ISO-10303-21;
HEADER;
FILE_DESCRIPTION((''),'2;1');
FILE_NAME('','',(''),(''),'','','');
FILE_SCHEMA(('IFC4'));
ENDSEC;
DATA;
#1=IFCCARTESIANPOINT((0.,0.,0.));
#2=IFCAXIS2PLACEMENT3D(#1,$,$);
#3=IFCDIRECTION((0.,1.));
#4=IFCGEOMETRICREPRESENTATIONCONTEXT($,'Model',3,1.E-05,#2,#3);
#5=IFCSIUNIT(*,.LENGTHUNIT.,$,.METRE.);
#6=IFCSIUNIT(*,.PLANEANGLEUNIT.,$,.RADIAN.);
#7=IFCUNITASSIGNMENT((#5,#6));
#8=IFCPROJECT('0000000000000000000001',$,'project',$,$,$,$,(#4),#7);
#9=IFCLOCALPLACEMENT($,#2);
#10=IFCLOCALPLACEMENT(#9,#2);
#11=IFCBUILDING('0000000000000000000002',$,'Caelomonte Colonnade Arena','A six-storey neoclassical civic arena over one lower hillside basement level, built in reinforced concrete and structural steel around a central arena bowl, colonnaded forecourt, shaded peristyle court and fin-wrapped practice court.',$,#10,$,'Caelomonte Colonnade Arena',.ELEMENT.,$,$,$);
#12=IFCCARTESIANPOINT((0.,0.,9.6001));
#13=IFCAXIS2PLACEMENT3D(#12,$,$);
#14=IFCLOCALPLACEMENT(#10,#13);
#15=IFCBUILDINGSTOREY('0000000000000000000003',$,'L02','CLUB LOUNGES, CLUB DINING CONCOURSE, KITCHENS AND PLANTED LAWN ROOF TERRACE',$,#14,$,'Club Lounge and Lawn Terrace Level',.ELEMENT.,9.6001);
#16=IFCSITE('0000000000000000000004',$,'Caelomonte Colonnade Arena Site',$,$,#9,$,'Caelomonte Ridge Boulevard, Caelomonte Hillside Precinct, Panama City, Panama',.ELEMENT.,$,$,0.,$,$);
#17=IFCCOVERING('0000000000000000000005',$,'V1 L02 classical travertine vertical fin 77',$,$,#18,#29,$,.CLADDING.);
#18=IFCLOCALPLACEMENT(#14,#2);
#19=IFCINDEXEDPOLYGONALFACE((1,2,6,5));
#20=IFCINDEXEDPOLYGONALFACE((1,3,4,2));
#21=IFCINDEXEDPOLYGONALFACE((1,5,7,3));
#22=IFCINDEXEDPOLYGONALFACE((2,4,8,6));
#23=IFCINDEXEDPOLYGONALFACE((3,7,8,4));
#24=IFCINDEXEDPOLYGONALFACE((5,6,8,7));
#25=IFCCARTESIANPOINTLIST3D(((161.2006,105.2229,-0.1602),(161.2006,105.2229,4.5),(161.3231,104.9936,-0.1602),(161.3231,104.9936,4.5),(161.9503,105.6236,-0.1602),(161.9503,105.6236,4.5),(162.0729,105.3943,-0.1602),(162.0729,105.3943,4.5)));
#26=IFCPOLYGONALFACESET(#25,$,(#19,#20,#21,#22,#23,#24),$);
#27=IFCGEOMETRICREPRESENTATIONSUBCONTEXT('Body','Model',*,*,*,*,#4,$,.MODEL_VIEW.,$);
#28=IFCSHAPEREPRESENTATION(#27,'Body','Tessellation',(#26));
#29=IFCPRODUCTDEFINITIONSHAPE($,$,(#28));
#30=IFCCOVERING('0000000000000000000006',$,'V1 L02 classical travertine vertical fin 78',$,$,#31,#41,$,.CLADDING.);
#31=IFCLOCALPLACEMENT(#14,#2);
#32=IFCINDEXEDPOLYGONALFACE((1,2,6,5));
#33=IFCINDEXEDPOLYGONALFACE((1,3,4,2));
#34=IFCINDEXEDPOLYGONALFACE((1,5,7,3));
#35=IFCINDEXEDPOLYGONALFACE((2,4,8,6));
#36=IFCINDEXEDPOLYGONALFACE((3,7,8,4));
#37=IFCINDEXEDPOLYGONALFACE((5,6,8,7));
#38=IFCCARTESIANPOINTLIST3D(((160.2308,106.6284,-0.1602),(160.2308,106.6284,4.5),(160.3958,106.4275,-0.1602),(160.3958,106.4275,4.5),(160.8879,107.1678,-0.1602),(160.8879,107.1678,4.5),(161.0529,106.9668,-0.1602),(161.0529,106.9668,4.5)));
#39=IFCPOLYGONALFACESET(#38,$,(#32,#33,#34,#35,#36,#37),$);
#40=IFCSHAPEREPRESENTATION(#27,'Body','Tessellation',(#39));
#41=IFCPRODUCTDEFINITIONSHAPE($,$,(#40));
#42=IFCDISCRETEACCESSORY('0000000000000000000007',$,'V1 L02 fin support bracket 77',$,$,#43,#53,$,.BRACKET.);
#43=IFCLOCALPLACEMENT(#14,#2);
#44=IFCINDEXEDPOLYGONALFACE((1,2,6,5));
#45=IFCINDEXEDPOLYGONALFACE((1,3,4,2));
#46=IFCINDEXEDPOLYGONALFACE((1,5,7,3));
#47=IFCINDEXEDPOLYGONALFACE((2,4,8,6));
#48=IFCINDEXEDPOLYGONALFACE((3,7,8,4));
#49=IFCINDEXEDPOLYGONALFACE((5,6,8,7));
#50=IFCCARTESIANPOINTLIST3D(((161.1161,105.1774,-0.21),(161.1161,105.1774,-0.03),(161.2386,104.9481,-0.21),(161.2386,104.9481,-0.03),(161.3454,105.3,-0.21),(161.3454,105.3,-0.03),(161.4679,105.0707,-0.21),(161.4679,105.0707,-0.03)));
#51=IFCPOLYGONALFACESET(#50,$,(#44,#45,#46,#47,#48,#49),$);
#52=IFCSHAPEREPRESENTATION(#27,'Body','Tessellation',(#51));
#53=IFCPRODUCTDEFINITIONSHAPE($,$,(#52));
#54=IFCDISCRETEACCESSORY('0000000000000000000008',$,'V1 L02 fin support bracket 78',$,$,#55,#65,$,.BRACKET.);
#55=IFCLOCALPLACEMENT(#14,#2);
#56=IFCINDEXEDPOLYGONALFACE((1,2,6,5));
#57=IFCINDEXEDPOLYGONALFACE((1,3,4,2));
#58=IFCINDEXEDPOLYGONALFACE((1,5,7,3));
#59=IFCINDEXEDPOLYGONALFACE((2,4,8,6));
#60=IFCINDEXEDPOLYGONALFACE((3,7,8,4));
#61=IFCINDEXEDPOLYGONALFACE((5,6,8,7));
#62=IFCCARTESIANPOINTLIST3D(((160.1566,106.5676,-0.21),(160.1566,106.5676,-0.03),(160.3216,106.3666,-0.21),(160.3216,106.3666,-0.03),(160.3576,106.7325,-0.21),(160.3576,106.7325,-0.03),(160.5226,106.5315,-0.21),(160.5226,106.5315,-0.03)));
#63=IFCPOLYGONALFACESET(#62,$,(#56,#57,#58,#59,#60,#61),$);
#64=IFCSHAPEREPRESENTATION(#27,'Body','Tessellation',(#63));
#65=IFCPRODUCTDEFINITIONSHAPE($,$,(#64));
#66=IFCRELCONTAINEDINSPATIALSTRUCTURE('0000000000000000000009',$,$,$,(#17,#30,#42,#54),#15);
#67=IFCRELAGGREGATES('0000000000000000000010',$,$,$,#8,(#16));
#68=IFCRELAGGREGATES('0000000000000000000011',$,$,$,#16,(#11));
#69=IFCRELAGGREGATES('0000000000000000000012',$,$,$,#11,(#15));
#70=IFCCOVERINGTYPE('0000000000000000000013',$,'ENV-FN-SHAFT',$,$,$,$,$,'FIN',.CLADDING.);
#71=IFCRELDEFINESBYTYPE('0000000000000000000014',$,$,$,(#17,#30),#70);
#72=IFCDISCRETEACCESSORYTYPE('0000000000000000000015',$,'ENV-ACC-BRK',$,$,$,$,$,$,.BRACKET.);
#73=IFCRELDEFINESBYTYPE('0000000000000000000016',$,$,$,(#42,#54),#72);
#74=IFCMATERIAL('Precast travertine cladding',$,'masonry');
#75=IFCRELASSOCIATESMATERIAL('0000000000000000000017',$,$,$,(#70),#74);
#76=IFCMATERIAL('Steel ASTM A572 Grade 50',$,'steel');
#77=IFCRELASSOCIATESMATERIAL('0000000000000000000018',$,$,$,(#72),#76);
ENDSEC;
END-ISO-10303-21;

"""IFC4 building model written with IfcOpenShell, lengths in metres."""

from ifc_helpers import new_model, si_unit, direction, frame, origin, origin_2d, place, context, subcontext, project, spatial, rectangle, extrude, material, material_profile, profile_set, type_object, element, save


model = new_model("IFC4")

# Units and contexts
model_context = context("Model", 3, precision=1e-05, world=origin(), true_north=direction((0.0, 1.0)))
body_context = subcontext(model_context, "Body", "Model", "MODEL_VIEW")
ifc_project = project(units=[si_unit("LENGTHUNIT", "METRE"), si_unit("PLANEANGLEUNIT", "RADIAN")], contexts=[model_context])

# Site, building, storey
site_placement = place(None, origin())
site = spatial("IfcSite", under=ifc_project, at=site_placement, Name="Caelomonte Colonnade Arena Site", LongName="Caelomonte Ridge Boulevard, Caelomonte Hillside Precinct, Panama City, Panama", CompositionType="ELEMENT", RefElevation=0.0)
building_placement = place(site_placement, origin())
building = spatial("IfcBuilding", under=site, at=building_placement, Name="Caelomonte Colonnade Arena", Description="A six-storey neoclassical civic arena over one lower hillside basement level, built in reinforced concrete and structural steel around a central arena bowl, colonnaded forecourt, shaded peristyle court and fin-wrapped practice court.", LongName="Caelomonte Colonnade Arena", CompositionType="ELEMENT")
storey_placement = place(building_placement, frame((0.0, 0.0, 9.6001)))
storey = spatial("IfcBuildingStorey", under=building, at=storey_placement, Name="L02", Description="CLUB LOUNGES, CLUB DINING CONCOURSE, KITCHENS AND PLANTED LAWN ROOF TERRACE", LongName="Club Lounge and Lawn Terrace Level", CompositionType="ELEMENT", Elevation=9.6001)

# Coverings
ifc_material_1 = material(Name="Precast travertine cladding", Category="masonry")
ifc_material_profile_1 = material_profile(ifc_material_1, rectangle(XDim=0.26, YDim=0.8501, at=origin_2d()), Name="FIN260X850")
ifc_profile_set_1 = profile_set([ifc_material_profile_1], Name="Precast travertine cladding")
covering_type = type_object("IfcCoveringType", Name="ENV-FN-SHAFT", ElementType="FIN", PredefinedType="CLADDING", material=ifc_profile_set_1)
for number, where, z_axis, x_axis, name in (
    (1, (161.6367, 105.3086, -0.1602), (0.0, 0.0, 1.0), (0.471397, -0.881921, 0.0), "V1 L02 classical travertine vertical fin 77"),
    (2, (160.6418, 106.7976, -0.1602), (0.0, 0.0, 1.0), (0.634414, -0.772994, 0.0), "V1 L02 classical travertine vertical fin 78"),
):
    element("IfcCovering", number, at=place(storey_placement, frame(where, z_axis=z_axis, x_axis=x_axis)), inside=storey, type_object=covering_type, Name=name, PredefinedType="CLADDING", context=body_context, shape_type="SweptSolid", body=[
        extrude(rectangle(XDim=0.26, YDim=0.8501, at=origin_2d()), origin(), (0.0, 0.0, 1.0), 4.6602),
    ])

# Discrete accessories
ifc_material_2 = material(Name="Steel ASTM A572 Grade 50", Category="steel")
discrete_accessory_type = type_object("IfcDiscreteAccessoryType", Name="ENV-ACC-BRK", PredefinedType="BRACKET", material=ifc_material_2)
for number, where, z_axis, x_axis, name in (
    (3, (161.292, 105.124, -0.21), (0.0, 0.0, 1.0), (-0.471397, 0.881921, 0.0), "V1 L02 fin support bracket 77"),
    (4, (160.3396, 106.5496, -0.21), (0.0, 0.0, 1.0), (-0.634414, 0.772994, 0.0), "V1 L02 fin support bracket 78"),
):
    element("IfcDiscreteAccessory", number, at=place(storey_placement, frame(where, z_axis=z_axis, x_axis=x_axis)), inside=storey, type_object=discrete_accessory_type, Name=name, PredefinedType="BRACKET", context=body_context, shape_type="SweptSolid", body=[
        extrude(rectangle(XDim=0.26, YDim=0.26, at=origin_2d()), origin(), (0.0, 0.0, 1.0), 0.1799),
    ])

save(model, "model.ifc")
